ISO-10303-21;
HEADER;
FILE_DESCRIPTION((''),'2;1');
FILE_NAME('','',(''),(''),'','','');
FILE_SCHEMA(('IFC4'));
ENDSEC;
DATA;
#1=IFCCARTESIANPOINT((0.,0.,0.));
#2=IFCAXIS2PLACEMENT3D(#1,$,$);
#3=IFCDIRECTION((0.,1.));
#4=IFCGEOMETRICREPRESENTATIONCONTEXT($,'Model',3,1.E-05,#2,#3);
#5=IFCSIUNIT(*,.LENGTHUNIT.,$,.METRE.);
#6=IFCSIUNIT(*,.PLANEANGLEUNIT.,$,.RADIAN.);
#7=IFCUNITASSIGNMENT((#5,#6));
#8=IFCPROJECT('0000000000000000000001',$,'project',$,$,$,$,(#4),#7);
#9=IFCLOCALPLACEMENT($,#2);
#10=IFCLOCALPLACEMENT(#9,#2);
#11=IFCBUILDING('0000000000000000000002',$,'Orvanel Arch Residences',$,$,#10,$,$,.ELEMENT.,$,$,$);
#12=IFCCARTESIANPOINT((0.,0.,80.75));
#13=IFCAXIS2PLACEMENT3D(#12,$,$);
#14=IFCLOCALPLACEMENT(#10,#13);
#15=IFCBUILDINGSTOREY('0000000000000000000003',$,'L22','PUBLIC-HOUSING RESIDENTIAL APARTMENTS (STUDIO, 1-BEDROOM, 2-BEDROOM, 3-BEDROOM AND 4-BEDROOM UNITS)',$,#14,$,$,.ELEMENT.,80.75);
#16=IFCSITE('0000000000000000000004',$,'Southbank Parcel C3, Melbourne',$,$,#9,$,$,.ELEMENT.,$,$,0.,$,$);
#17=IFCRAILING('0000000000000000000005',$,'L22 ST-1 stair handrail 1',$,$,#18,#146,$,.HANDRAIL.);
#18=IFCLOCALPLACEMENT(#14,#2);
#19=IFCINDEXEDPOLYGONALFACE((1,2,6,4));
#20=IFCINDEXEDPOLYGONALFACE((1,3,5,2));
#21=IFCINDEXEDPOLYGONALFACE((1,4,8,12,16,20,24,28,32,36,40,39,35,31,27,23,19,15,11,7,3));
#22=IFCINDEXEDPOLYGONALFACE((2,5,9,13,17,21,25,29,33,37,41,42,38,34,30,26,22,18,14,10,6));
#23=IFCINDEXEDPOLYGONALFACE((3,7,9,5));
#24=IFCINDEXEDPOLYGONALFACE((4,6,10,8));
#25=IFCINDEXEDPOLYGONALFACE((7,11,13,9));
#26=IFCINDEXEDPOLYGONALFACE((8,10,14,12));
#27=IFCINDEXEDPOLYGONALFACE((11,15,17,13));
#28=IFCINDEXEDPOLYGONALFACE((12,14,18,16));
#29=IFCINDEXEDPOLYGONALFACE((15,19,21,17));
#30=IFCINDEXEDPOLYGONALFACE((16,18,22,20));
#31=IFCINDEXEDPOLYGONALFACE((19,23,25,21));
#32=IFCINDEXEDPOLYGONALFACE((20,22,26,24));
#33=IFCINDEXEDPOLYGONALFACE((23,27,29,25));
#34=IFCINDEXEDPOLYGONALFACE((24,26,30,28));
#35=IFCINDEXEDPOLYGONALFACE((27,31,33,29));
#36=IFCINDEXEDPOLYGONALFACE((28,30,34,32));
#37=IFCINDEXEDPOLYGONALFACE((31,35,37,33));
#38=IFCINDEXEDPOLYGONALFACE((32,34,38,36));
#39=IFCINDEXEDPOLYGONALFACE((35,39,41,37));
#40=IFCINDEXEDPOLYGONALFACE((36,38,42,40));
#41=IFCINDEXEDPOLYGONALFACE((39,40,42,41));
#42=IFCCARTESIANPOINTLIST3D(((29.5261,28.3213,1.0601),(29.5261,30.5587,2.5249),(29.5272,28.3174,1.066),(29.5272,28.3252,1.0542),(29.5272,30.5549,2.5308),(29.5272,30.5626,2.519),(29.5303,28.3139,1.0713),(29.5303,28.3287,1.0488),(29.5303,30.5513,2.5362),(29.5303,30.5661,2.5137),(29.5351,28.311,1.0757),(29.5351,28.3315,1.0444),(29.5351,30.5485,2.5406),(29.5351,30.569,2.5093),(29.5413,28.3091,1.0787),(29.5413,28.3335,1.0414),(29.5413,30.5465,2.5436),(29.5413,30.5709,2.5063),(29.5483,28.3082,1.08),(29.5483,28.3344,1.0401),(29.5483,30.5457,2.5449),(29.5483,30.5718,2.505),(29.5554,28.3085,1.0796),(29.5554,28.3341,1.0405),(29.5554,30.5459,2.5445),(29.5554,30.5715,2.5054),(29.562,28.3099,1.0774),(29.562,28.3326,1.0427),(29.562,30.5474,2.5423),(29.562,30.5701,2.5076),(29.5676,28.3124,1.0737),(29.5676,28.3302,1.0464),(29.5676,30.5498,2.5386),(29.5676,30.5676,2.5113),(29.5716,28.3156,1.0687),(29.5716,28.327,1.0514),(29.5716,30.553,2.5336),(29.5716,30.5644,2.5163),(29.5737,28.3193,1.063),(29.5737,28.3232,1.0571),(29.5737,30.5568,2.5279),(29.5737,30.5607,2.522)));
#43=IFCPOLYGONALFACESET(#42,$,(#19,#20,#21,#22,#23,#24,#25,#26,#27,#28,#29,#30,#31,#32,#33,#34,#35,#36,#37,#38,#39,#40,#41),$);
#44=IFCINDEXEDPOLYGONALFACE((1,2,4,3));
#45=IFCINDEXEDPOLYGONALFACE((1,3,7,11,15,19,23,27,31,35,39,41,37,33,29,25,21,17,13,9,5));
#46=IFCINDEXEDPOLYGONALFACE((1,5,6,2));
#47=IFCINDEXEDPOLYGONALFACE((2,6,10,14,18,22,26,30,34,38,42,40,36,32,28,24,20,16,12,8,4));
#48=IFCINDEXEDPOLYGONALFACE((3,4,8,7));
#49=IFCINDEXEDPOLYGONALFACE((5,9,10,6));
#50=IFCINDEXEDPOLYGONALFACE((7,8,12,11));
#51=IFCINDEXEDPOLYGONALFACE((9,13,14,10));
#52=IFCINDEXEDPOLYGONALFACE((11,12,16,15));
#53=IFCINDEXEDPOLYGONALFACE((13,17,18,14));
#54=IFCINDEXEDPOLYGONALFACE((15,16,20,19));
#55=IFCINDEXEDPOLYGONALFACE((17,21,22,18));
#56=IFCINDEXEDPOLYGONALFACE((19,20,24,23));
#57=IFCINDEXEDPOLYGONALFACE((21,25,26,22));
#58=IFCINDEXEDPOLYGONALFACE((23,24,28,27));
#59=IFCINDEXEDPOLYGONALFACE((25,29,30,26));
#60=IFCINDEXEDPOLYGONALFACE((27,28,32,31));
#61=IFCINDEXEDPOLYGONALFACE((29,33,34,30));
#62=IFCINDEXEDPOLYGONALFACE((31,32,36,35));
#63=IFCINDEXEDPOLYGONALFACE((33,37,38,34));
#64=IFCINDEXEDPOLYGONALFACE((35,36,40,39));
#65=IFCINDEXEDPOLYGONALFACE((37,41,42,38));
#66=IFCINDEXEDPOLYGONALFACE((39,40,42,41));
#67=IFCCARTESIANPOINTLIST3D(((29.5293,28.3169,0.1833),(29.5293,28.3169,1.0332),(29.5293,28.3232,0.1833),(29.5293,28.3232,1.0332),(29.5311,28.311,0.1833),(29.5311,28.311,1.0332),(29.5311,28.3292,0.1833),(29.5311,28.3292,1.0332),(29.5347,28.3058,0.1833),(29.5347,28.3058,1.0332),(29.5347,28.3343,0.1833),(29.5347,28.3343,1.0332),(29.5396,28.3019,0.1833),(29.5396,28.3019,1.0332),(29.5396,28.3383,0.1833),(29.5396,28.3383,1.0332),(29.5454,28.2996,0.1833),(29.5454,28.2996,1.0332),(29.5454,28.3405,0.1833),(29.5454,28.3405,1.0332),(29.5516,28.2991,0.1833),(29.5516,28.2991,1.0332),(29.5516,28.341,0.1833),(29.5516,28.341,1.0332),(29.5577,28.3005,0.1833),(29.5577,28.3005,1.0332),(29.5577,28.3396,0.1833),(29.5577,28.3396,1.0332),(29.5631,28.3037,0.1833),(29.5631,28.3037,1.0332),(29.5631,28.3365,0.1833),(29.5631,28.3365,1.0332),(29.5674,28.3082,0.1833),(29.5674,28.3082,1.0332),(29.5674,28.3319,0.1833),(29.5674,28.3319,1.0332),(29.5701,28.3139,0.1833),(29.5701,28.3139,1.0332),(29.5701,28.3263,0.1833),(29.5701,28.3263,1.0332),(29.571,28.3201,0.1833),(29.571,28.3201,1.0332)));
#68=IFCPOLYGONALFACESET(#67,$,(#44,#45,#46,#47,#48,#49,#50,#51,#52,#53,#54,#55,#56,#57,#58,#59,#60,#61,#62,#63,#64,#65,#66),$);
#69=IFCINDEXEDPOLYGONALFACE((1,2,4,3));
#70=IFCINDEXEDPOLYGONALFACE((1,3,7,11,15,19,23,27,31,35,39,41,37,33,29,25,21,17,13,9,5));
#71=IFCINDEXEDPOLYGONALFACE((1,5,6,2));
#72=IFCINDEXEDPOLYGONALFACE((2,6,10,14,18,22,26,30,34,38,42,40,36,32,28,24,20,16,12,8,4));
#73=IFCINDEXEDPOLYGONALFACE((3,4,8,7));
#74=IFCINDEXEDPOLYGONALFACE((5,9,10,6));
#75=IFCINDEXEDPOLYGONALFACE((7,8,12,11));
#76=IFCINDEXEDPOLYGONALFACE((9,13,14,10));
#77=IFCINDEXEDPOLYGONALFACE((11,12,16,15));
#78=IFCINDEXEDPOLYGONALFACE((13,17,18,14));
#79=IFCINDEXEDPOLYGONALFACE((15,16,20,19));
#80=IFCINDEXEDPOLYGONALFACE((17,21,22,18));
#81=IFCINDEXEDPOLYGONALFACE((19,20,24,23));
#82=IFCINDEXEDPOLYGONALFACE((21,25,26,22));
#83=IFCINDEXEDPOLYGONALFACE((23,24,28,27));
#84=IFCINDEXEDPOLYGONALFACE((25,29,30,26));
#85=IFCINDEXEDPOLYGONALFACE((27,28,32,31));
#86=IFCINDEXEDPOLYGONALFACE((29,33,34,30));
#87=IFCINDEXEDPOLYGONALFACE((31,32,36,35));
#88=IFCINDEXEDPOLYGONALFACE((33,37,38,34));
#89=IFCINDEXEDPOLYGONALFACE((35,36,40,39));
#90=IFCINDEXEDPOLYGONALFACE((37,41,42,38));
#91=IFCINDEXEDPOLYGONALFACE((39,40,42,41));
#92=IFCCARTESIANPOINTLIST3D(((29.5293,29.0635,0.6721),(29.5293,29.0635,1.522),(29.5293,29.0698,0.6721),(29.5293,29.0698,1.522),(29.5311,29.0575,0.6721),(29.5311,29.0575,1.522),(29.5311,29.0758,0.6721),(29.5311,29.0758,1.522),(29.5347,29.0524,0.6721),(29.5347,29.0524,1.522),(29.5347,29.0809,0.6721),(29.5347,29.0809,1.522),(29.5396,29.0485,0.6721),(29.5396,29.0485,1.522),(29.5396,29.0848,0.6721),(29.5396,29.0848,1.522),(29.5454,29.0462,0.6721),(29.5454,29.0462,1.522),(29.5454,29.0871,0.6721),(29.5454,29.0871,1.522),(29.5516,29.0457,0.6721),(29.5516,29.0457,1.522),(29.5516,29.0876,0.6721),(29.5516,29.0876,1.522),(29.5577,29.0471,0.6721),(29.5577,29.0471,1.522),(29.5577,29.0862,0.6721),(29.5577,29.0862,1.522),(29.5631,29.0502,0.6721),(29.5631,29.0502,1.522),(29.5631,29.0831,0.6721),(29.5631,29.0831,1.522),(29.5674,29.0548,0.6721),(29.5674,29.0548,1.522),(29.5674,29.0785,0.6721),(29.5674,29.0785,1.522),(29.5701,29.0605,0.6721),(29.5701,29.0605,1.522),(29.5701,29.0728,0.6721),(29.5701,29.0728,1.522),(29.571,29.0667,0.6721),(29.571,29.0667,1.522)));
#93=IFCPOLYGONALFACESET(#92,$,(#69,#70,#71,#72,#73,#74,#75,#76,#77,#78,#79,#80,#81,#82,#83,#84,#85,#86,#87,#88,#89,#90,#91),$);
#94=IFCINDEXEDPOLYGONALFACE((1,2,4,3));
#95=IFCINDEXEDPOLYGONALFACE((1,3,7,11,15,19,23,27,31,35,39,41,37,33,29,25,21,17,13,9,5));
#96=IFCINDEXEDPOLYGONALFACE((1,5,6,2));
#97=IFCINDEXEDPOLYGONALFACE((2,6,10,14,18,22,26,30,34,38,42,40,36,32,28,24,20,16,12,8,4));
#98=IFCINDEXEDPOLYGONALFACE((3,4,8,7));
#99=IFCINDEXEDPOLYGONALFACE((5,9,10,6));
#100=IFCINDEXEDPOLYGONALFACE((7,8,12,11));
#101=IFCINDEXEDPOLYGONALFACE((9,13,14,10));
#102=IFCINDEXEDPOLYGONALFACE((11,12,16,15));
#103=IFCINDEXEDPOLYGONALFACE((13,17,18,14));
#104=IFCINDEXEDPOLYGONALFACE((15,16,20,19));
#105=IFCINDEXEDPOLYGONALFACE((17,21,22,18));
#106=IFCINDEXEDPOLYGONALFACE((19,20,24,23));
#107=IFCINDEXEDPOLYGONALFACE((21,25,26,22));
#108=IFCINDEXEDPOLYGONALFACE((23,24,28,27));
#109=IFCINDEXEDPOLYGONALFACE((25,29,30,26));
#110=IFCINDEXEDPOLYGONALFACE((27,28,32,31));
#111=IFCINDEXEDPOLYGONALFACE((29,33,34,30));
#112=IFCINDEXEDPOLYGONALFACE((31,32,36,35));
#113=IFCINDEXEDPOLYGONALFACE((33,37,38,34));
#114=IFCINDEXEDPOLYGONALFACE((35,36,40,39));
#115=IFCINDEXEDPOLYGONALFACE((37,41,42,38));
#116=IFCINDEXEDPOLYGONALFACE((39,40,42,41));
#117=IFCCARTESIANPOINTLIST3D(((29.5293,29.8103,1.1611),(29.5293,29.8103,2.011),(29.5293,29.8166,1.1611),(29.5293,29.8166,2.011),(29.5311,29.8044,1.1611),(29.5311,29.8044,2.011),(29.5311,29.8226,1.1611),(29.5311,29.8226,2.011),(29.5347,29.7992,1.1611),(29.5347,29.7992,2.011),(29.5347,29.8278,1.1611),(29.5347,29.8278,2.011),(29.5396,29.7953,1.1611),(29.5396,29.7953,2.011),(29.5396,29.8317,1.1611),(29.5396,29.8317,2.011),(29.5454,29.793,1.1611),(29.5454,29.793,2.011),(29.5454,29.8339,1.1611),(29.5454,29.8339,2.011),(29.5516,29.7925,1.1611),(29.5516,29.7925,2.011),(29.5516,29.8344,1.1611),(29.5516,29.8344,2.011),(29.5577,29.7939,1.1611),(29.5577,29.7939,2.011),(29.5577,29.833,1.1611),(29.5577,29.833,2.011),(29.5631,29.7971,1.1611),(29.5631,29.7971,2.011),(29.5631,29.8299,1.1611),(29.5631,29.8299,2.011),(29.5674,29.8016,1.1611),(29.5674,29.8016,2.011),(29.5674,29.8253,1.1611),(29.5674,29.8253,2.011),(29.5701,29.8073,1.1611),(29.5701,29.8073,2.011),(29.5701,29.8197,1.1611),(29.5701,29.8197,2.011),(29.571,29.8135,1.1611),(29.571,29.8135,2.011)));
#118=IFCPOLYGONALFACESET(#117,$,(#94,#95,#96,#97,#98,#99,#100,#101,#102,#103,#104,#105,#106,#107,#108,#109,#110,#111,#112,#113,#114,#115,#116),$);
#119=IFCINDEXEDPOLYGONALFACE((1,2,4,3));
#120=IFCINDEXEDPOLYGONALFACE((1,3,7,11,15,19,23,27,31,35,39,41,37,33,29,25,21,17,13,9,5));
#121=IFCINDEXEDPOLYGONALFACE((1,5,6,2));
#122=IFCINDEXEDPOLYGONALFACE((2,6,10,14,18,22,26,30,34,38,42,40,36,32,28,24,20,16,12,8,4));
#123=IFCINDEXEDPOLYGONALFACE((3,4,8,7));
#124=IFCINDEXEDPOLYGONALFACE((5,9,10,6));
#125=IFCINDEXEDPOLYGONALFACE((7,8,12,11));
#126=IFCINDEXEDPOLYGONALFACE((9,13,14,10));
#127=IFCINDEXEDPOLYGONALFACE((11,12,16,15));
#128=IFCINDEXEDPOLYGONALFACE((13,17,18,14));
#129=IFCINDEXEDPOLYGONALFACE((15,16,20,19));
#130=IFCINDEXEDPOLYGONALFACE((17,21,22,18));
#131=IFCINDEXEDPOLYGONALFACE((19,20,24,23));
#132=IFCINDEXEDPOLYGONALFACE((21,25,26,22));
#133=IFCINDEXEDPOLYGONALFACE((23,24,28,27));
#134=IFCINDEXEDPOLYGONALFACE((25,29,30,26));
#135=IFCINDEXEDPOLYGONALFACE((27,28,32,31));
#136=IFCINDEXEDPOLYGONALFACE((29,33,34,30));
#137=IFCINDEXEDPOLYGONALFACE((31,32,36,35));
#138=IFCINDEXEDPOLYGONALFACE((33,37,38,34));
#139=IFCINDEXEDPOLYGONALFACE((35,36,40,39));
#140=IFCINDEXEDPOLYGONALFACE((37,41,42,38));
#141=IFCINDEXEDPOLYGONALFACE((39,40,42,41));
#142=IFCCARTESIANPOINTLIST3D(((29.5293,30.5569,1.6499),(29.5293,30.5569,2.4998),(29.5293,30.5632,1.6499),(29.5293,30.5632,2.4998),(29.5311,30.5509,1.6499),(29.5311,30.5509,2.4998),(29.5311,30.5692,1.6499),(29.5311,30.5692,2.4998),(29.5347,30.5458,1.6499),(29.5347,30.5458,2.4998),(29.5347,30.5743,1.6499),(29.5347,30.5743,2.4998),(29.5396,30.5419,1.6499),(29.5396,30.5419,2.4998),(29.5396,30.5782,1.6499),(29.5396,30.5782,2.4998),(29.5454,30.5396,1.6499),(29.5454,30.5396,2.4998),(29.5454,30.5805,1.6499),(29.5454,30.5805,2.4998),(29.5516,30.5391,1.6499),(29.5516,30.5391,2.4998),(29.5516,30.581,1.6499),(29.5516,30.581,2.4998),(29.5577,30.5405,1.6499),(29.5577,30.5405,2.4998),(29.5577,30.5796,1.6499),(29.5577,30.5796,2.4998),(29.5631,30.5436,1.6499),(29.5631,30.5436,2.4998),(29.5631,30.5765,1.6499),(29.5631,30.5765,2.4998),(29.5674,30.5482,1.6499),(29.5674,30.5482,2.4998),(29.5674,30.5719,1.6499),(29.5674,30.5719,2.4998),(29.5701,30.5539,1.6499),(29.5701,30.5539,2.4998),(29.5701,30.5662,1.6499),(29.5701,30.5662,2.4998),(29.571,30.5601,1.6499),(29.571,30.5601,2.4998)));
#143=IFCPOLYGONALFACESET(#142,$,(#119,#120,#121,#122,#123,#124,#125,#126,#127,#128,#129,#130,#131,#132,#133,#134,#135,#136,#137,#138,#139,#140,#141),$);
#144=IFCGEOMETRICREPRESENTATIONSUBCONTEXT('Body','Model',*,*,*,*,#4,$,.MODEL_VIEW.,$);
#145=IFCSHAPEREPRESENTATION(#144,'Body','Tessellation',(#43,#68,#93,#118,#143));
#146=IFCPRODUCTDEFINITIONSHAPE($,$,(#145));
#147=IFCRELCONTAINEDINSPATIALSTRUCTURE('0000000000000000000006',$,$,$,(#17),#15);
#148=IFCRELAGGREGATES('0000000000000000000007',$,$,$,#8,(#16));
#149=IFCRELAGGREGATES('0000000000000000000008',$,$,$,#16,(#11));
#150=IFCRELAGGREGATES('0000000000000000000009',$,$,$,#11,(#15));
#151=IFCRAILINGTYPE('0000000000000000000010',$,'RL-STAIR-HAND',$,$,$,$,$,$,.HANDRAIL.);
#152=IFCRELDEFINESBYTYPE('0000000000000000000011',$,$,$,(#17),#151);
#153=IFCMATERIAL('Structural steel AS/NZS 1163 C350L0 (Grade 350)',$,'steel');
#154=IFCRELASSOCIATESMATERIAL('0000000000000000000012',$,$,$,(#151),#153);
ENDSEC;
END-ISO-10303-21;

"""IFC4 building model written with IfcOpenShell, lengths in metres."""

from ifc_helpers import new_model, si_unit, direction, frame, origin, origin_2d, place, context, subcontext, project, spatial, circle, extrude, material, type_object, element, save


model = new_model("IFC4")

# Units and contexts
model_context = context("Model", 3, precision=1e-05, world=origin(), true_north=direction((0.0, 1.0)))
body_context = subcontext(model_context, "Body", "Model", "MODEL_VIEW")
ifc_project = project(units=[si_unit("LENGTHUNIT", "METRE"), si_unit("PLANEANGLEUNIT", "RADIAN")], contexts=[model_context])

# Site, building, storey
site_placement = place(None, origin())
site = spatial("IfcSite", under=ifc_project, at=site_placement, Name="Southbank Parcel C3, Melbourne", CompositionType="ELEMENT", RefElevation=0.0)
building_placement = place(site_placement, origin())
building = spatial("IfcBuilding", under=site, at=building_placement, Name="Orvanel Arch Residences", CompositionType="ELEMENT")
storey_placement = place(building_placement, frame((0.0, 0.0, 80.75)))
storey = spatial("IfcBuildingStorey", under=building, at=storey_placement, Name="L22", Description="PUBLIC-HOUSING RESIDENTIAL APARTMENTS (STUDIO, 1-BEDROOM, 2-BEDROOM, 3-BEDROOM AND 4-BEDROOM UNITS)", CompositionType="ELEMENT", Elevation=80.75)

# Railing
ifc_material_1 = material(Name="Structural steel AS/NZS 1163 C350L0 (Grade 350)", Category="steel")
railing_type_1 = type_object("IfcRailingType", Name="RL-STAIR-HAND", PredefinedType="HANDRAIL", material=ifc_material_1)
railing_1_placement = place(storey_placement, frame((29.55, 28.3201, 0.1833)))
element("IfcRailing", 1, at=railing_1_placement, inside=storey, type_object=railing_type_1, Name="L22 ST-1 stair handrail 1", PredefinedType="HANDRAIL", context=body_context, shape_type="SweptSolid", body=[
    extrude(circle(Radius=0.0239, at=origin_2d()), frame((0.0, 0.0012, 0.8767), z_axis=(0.0, 0.836637, 0.547758), x_axis=(-1.0, 0.0, 0.0)), (0.0, 0.0, 1.0), 2.6743),
    extrude(circle(Radius=0.021, at=origin_2d()), origin(), (0.0, 0.0, 1.0), 0.8499),
    extrude(circle(Radius=0.021, at=origin_2d()), frame((0.0, 0.7466, 0.4888)), (0.0, 0.0, 1.0), 0.8499),
    extrude(circle(Radius=0.021, at=origin_2d()), frame((0.0, 1.4934, 0.9778)), (0.0, 0.0, 1.0), 0.8499),
    extrude(circle(Radius=0.021, at=origin_2d()), frame((0.0, 2.24, 1.4666)), (0.0, 0.0, 1.0), 0.8499),
])

save(model, "model.ifc")
